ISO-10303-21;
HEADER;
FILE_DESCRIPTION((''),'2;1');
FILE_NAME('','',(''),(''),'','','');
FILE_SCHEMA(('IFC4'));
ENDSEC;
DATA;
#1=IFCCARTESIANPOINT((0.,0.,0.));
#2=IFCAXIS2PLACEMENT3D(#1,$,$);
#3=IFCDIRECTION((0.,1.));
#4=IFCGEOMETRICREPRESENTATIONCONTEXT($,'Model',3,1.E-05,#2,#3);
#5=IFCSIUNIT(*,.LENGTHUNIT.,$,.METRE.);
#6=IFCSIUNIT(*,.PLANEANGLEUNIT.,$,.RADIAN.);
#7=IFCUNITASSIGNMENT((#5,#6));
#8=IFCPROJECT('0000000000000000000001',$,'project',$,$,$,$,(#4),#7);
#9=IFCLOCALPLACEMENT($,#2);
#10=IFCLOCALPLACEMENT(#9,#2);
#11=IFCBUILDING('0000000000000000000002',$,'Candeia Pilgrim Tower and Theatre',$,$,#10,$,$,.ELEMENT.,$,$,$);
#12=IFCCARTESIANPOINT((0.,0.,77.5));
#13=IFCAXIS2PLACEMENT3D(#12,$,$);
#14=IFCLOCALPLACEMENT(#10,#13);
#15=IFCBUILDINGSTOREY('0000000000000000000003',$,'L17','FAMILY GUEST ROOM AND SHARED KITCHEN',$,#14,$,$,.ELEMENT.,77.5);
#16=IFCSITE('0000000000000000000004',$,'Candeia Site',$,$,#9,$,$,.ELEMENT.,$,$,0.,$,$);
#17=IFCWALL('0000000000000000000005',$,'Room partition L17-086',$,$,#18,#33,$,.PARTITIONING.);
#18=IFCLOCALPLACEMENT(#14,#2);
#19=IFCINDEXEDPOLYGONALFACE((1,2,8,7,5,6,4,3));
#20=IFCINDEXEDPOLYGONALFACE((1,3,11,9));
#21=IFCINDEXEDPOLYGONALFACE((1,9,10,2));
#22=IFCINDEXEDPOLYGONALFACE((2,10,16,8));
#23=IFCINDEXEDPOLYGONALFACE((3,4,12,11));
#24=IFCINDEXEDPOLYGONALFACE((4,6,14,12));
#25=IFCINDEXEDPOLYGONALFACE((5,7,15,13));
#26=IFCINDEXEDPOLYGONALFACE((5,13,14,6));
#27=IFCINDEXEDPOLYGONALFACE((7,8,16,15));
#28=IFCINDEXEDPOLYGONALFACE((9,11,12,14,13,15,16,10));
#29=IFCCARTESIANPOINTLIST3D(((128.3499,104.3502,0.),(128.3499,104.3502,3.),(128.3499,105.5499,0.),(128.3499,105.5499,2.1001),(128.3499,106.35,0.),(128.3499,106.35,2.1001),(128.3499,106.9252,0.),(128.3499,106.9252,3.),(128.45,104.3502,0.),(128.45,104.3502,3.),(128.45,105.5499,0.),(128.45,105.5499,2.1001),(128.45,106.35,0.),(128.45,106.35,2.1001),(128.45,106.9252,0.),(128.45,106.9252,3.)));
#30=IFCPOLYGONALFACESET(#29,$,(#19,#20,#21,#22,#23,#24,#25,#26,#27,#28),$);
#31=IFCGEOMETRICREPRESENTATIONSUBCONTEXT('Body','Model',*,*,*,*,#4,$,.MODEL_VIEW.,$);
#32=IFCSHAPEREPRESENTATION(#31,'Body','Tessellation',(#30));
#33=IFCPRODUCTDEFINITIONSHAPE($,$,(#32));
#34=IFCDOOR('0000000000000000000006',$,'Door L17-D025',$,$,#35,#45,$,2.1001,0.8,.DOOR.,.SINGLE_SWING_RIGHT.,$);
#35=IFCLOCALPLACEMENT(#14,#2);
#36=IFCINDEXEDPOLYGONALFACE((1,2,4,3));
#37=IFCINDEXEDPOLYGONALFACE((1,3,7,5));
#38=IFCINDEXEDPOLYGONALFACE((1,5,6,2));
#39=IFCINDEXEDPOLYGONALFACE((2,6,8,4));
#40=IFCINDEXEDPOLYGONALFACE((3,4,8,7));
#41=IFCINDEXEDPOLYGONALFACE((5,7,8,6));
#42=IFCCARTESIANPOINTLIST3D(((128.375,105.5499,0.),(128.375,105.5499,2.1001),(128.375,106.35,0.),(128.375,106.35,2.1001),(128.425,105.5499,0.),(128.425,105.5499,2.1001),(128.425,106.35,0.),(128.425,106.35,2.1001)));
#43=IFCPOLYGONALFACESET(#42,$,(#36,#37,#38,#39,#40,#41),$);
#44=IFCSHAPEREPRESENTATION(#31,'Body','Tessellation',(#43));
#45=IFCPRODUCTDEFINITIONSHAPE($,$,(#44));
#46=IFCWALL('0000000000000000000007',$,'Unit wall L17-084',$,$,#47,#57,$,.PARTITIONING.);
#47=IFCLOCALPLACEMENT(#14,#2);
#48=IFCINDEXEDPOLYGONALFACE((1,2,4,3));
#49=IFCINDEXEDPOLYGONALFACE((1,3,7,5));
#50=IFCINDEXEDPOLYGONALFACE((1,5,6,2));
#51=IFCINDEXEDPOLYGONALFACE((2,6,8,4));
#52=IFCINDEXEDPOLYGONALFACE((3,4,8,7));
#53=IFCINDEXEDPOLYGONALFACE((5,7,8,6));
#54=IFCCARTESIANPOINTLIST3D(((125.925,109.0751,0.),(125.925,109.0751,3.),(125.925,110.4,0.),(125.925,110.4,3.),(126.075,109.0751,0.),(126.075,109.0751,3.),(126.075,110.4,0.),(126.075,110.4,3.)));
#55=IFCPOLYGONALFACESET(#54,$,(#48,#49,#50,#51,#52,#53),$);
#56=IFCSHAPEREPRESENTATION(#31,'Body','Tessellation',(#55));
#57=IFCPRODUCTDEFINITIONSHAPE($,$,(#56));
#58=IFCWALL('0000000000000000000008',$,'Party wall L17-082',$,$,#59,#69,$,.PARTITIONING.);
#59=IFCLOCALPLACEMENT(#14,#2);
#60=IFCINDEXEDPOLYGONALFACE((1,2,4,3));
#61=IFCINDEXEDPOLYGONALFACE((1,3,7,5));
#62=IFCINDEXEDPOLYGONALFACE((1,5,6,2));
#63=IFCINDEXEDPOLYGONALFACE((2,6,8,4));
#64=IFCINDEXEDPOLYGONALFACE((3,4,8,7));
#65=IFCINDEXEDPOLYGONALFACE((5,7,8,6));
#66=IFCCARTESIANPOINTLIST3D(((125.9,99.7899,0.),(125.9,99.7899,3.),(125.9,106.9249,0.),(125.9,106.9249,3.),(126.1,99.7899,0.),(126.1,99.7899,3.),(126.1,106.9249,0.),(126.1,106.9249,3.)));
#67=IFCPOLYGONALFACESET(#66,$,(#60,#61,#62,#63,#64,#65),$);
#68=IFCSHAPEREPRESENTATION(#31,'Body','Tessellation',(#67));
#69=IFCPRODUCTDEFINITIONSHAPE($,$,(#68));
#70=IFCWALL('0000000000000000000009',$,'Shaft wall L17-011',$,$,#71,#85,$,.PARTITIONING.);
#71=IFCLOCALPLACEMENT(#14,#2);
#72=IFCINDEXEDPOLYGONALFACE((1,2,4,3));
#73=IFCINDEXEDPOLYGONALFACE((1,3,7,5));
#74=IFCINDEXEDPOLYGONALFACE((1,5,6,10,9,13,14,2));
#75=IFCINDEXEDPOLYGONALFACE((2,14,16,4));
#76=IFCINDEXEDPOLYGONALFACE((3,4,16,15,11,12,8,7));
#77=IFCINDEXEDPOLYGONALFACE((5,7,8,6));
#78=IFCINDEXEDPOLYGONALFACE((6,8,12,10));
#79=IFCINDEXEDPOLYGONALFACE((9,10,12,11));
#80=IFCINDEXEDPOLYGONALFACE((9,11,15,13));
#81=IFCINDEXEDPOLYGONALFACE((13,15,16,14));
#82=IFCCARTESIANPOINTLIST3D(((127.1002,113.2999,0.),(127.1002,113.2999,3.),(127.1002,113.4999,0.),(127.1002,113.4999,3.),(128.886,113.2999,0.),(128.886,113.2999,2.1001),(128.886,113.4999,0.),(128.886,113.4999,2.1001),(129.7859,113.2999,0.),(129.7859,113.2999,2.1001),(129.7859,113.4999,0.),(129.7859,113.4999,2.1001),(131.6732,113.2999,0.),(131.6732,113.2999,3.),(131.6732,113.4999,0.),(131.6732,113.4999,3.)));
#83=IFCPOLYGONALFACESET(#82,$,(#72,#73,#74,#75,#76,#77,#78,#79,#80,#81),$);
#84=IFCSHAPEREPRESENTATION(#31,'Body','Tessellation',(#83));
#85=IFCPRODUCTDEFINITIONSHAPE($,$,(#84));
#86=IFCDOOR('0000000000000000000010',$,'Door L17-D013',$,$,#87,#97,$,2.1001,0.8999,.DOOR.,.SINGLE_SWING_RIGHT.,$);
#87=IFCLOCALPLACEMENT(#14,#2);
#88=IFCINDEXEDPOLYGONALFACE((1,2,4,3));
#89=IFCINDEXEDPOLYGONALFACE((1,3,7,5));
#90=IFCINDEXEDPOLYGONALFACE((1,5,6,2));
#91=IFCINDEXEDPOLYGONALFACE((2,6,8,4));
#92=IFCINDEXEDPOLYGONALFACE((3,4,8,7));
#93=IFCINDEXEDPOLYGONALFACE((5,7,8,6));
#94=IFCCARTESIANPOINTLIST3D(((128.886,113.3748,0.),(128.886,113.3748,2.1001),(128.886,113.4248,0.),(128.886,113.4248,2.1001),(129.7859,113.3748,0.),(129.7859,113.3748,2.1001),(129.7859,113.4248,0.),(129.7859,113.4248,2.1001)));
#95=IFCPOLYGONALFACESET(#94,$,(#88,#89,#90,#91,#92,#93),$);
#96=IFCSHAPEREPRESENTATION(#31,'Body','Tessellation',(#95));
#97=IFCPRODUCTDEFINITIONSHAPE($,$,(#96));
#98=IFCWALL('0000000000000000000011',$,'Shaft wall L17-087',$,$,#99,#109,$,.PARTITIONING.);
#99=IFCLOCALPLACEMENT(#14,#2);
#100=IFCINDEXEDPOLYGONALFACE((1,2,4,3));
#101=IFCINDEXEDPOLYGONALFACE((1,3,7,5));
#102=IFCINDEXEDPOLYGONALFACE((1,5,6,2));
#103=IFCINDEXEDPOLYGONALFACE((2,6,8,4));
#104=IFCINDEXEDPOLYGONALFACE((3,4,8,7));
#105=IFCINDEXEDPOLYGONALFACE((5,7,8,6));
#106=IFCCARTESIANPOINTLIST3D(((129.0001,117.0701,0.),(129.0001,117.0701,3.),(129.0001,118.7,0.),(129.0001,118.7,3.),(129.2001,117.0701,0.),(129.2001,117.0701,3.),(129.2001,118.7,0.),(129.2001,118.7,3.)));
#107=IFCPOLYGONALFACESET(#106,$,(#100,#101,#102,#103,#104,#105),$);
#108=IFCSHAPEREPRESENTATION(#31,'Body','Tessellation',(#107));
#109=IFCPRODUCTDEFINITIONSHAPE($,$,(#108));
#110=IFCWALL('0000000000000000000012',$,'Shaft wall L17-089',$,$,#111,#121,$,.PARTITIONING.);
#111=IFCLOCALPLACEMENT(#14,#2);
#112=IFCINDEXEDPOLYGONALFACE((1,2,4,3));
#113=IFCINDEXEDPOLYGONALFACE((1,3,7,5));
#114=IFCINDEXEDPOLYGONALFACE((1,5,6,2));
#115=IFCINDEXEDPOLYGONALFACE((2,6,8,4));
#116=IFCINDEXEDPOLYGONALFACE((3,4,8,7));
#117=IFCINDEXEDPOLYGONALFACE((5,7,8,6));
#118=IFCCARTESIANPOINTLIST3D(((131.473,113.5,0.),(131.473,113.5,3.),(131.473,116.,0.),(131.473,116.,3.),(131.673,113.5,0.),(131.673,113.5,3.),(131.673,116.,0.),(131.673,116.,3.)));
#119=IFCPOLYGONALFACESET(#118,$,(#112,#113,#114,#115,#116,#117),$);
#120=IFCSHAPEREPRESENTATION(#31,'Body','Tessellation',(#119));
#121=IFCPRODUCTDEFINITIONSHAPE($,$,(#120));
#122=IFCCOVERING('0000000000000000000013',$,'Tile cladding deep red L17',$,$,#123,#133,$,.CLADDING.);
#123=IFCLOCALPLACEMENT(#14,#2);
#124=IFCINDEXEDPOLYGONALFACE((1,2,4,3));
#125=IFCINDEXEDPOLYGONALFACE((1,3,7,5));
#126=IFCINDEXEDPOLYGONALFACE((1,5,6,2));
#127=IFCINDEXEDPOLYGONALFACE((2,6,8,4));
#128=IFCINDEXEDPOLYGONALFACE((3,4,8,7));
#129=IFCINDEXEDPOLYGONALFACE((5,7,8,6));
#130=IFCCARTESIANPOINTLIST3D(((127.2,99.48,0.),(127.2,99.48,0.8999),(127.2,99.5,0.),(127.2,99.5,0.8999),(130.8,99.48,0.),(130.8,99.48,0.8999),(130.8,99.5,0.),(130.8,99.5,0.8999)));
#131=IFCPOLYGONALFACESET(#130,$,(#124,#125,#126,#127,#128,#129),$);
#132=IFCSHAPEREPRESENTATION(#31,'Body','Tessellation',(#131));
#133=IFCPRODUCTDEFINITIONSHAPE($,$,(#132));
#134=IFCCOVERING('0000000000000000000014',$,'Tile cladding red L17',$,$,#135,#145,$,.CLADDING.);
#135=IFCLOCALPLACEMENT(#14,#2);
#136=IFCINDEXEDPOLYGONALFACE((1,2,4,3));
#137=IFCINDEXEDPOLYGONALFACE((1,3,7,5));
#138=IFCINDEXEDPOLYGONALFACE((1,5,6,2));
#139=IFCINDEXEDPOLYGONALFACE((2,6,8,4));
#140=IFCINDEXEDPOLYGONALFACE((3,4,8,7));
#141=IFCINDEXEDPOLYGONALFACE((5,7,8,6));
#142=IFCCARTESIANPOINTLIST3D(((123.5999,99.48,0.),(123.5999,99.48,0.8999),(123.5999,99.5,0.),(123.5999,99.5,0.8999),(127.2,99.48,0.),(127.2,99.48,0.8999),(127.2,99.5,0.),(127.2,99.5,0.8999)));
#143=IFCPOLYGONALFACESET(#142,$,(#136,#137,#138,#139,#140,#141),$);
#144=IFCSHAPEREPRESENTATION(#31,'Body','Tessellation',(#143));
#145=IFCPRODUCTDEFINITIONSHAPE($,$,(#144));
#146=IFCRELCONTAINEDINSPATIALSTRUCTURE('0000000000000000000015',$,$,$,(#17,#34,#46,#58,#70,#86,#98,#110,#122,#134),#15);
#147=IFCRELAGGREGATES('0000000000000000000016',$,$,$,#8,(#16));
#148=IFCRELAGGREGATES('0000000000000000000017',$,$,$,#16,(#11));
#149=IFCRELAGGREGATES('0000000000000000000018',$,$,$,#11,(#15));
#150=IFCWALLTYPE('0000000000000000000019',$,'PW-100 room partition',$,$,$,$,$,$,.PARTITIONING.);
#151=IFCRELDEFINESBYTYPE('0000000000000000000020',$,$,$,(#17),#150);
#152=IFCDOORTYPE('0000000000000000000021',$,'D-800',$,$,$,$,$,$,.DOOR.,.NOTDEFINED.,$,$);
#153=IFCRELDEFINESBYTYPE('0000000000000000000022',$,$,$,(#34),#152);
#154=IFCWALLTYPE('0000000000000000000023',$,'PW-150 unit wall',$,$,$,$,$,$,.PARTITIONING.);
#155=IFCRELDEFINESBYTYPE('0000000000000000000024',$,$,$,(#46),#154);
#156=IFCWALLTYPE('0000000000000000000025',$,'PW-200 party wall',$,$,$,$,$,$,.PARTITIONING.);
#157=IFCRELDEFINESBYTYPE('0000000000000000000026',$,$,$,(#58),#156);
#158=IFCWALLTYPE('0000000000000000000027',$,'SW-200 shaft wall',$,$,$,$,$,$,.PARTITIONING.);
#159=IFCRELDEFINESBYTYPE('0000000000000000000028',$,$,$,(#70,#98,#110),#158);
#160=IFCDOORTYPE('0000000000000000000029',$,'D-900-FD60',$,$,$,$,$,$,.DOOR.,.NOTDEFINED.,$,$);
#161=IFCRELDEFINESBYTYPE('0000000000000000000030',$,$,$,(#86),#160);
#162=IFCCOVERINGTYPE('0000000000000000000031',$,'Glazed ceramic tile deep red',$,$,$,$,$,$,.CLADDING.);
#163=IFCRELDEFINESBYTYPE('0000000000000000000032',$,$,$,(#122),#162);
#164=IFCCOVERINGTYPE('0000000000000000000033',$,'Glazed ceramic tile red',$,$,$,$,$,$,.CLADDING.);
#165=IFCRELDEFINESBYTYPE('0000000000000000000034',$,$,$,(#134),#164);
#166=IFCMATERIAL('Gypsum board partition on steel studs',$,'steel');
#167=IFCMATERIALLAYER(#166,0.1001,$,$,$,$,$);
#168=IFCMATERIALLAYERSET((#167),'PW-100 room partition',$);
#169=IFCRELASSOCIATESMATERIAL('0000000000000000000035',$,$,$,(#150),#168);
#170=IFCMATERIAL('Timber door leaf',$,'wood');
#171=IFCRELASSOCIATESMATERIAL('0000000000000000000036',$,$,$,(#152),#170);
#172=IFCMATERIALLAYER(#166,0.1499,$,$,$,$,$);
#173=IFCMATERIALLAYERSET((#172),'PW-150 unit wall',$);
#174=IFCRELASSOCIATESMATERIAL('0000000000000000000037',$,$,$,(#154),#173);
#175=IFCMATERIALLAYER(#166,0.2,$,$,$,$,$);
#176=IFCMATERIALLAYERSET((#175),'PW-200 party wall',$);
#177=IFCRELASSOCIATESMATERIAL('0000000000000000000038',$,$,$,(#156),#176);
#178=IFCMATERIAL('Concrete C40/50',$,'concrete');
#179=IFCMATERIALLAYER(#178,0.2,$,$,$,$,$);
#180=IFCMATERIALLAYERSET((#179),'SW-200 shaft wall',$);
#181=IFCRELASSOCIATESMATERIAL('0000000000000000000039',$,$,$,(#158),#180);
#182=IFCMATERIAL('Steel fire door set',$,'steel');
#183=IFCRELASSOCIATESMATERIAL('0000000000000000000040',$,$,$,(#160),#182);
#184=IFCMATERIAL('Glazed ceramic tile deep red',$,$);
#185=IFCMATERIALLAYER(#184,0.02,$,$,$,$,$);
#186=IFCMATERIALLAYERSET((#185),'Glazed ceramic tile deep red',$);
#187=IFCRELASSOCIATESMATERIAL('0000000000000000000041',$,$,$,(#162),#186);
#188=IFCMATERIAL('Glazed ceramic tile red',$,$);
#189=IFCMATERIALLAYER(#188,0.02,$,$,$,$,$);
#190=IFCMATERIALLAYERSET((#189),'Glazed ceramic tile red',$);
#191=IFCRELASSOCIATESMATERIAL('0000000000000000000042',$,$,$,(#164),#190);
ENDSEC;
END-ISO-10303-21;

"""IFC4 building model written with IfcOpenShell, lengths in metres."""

from ifc_helpers import new_model, si_unit, direction, frame, frame_2d, origin, origin_2d, place, context, subcontext, project, spatial, rectangle, extrude, material, layer, layer_set, type_object, element, fill, save


model = new_model("IFC4")

# Units and contexts
model_context = context("Model", 3, precision=1e-05, world=origin(), true_north=direction((0.0, 1.0)))
body_context = subcontext(model_context, "Body", "Model", "MODEL_VIEW")
ifc_project = project(units=[si_unit("LENGTHUNIT", "METRE"), si_unit("PLANEANGLEUNIT", "RADIAN")], contexts=[model_context])

# Site, building, storey
site_placement = place(None, origin())
site = spatial("IfcSite", under=ifc_project, at=site_placement, Name="Candeia Site", CompositionType="ELEMENT", RefElevation=0.0)
building_placement = place(site_placement, origin())
building = spatial("IfcBuilding", under=site, at=building_placement, Name="Candeia Pilgrim Tower and Theatre", CompositionType="ELEMENT")
storey_placement = place(building_placement, frame((0.0, 0.0, 77.5)))
storey = spatial("IfcBuildingStorey", under=building, at=storey_placement, Name="L17", Description="FAMILY GUEST ROOM AND SHARED KITCHEN", CompositionType="ELEMENT", Elevation=77.5)

# Shared definitions
ifc_material_1 = material(Name="Gypsum board partition on steel studs", Category="steel")
ifc_layer_1 = layer(ifc_material_1, 0.1001)
ifc_layer_set_1 = layer_set([ifc_layer_1], Name="PW-100 room partition")
wall_type_1 = type_object("IfcWallType", Name="PW-100 room partition", PredefinedType="PARTITIONING", material=ifc_layer_set_1)

# Shared definitions
ifc_material_2 = material(Name="Timber door leaf", Category="wood")
door_type_1 = type_object("IfcDoorType", Name="D-800", OperationType="NOTDEFINED", PredefinedType="DOOR", material=ifc_material_2)

# Wall, opening, door
wall_1_placement = place(storey_placement, frame((128.3999, 104.3501, 0.0), z_axis=(0.0, 0.0, 1.0), x_axis=(0.0, 1.0, 0.0)))
wall_1 = element("IfcWall", 1, at=wall_1_placement, inside=storey, type_object=wall_type_1, Name="Room partition L17-086", PredefinedType="PARTITIONING", context=body_context, shape_type="SweptSolid", body=[
    extrude(rectangle(XDim=2.575, YDim=0.1001, at=frame_2d((1.2876, 0.0))), origin(), (0.0, 0.0, 1.0), 3.0),
])
opening_1_placement = place(wall_1_placement, frame((1.2, 0.0, 0.0)))
opening_1 = element("IfcOpeningElement", 2, at=opening_1_placement, cuts=wall_1, PredefinedType="OPENING", context=body_context, shape_type="SweptSolid", body=[
    extrude(rectangle(XDim=0.8, YDim=2.1001, at=frame_2d((0.3999, 1.05))), frame((0.0, 0.0601, 0.0), z_axis=(0.0, -1.0, 0.0), x_axis=(1.0, 0.0, 0.0)), (0.0, 0.0, 1.0), 0.1201),
])
door_1_placement = place(opening_1_placement, origin())
door_1 = element("IfcDoor", 3, at=door_1_placement, inside=storey, type_object=door_type_1, Name="Door L17-D025", OperationType="SINGLE_SWING_RIGHT", OverallHeight=2.1001, OverallWidth=0.8, PredefinedType="DOOR", context=body_context, shape_type="SweptSolid", body=[
    extrude(rectangle(XDim=0.8, YDim=2.1001, at=frame_2d((0.3999, 1.05))), frame((0.0, 0.0249, 0.0), z_axis=(0.0, -1.0, 0.0), x_axis=(1.0, 0.0, 0.0)), (0.0, 0.0, 1.0), 0.05),
])
fill(opening_1, door_1)

# Walls
ifc_layer_2 = layer(ifc_material_1, 0.1499)
ifc_layer_set_2 = layer_set([ifc_layer_2], Name="PW-150 unit wall")
wall_type_2 = type_object("IfcWallType", Name="PW-150 unit wall", PredefinedType="PARTITIONING", material=ifc_layer_set_2)
wall_2_placement = place(storey_placement, frame((126.0, 109.075, 0.0), z_axis=(0.0, 0.0, 1.0), x_axis=(0.0, 1.0, 0.0)))
element("IfcWall", 4, at=wall_2_placement, inside=storey, type_object=wall_type_2, Name="Unit wall L17-084", PredefinedType="PARTITIONING", context=body_context, shape_type="SweptSolid", body=[
    extrude(rectangle(XDim=1.325, YDim=0.1499, at=frame_2d((0.6626, 0.0))), origin(), (0.0, 0.0, 1.0), 3.0),
])
ifc_layer_3 = layer(ifc_material_1, 0.2)
ifc_layer_set_3 = layer_set([ifc_layer_3], Name="PW-200 party wall")
wall_type_3 = type_object("IfcWallType", Name="PW-200 party wall", PredefinedType="PARTITIONING", material=ifc_layer_set_3)
wall_3_placement = place(storey_placement, frame((126.0, 99.79, 0.0), z_axis=(0.0, 0.0, 1.0), x_axis=(0.0, 1.0, 0.0)))
element("IfcWall", 5, at=wall_3_placement, inside=storey, type_object=wall_type_3, Name="Party wall L17-082", PredefinedType="PARTITIONING", context=body_context, shape_type="SweptSolid", body=[
    extrude(rectangle(XDim=7.135, YDim=0.2, at=frame_2d((3.5674, 0.0))), origin(), (0.0, 0.0, 1.0), 3.0),
])

# Wall, opening, door
ifc_material_3 = material(Name="Concrete C40/50", Category="concrete")
ifc_layer_4 = layer(ifc_material_3, 0.2)
ifc_layer_set_4 = layer_set([ifc_layer_4], Name="SW-200 shaft wall")
wall_type_4 = type_object("IfcWallType", Name="SW-200 shaft wall", PredefinedType="PARTITIONING", material=ifc_layer_set_4)
wall_4_placement = place(storey_placement, frame((127.1001, 113.3999, 0.0), z_axis=(0.0, 0.0, 1.0), x_axis=(1.0, 0.0, 0.0)))
wall_4 = element("IfcWall", 6, at=wall_4_placement, inside=storey, type_object=wall_type_4, Name="Shaft wall L17-011", PredefinedType="PARTITIONING", context=body_context, shape_type="SweptSolid", body=[
    extrude(rectangle(XDim=4.573, YDim=0.2, at=frame_2d((2.2866, 0.0))), origin(), (0.0, 0.0, 1.0), 3.0),
])
opening_2_placement = place(wall_4_placement, frame((1.7859, 0.0, 0.0)))
opening_2 = element("IfcOpeningElement", 7, at=opening_2_placement, cuts=wall_4, PredefinedType="OPENING", context=body_context, shape_type="SweptSolid", body=[
    extrude(rectangle(XDim=0.8999, YDim=2.1001, at=frame_2d((0.45, 1.05))), frame((0.0, 0.1099, 0.0), z_axis=(0.0, -1.0, 0.0), x_axis=(1.0, 0.0, 0.0)), (0.0, 0.0, 1.0), 0.22),
])
ifc_material_4 = material(Name="Steel fire door set", Category="steel")
door_type_2 = type_object("IfcDoorType", Name="D-900-FD60", OperationType="NOTDEFINED", PredefinedType="DOOR", material=ifc_material_4)
door_2_placement = place(opening_2_placement, origin())
door_2 = element("IfcDoor", 8, at=door_2_placement, inside=storey, type_object=door_type_2, Name="Door L17-D013", OperationType="SINGLE_SWING_RIGHT", OverallHeight=2.1001, OverallWidth=0.8999, PredefinedType="DOOR", context=body_context, shape_type="SweptSolid", body=[
    extrude(rectangle(XDim=0.8999, YDim=2.1001, at=frame_2d((0.45, 1.05))), frame((0.0, 0.0249, 0.0), z_axis=(0.0, -1.0, 0.0), x_axis=(1.0, 0.0, 0.0)), (0.0, 0.0, 1.0), 0.05),
])
fill(opening_2, door_2)

# Walls
wall_5_placement = place(storey_placement, frame((129.1001, 117.0701, 0.0), z_axis=(0.0, 0.0, 1.0), x_axis=(0.0, 1.0, 0.0)))
element("IfcWall", 9, at=wall_5_placement, inside=storey, type_object=wall_type_4, Name="Shaft wall L17-087", PredefinedType="PARTITIONING", context=body_context, shape_type="SweptSolid", body=[
    extrude(rectangle(XDim=1.6299, YDim=0.2, at=frame_2d((0.8149, 0.0))), origin(), (0.0, 0.0, 1.0), 3.0),
])
wall_6_placement = place(storey_placement, frame((131.573, 113.5, 0.0), z_axis=(0.0, 0.0, 1.0), x_axis=(0.0, 1.0, 0.0)))
element("IfcWall", 10, at=wall_6_placement, inside=storey, type_object=wall_type_4, Name="Shaft wall L17-089", PredefinedType="PARTITIONING", context=body_context, shape_type="SweptSolid", body=[
    extrude(rectangle(XDim=2.5, YDim=0.2, at=frame_2d((1.25, 0.0))), origin(), (0.0, 0.0, 1.0), 3.0),
])

# Coverings
ifc_material_5 = material(Name="Glazed ceramic tile deep red")
ifc_layer_5 = layer(ifc_material_5, 0.02)
ifc_layer_set_5 = layer_set([ifc_layer_5], Name="Glazed ceramic tile deep red")
covering_type_1 = type_object("IfcCoveringType", Name="Glazed ceramic tile deep red", PredefinedType="CLADDING", material=ifc_layer_set_5)
covering_1_placement = place(storey_placement, frame((129.0, 99.49, 0.0), z_axis=(0.0, 0.0, 1.0), x_axis=(1.0, 0.0, 0.0)))
element("IfcCovering", 11, at=covering_1_placement, inside=storey, type_object=covering_type_1, Name="Tile cladding deep red L17", PredefinedType="CLADDING", context=body_context, shape_type="SweptSolid", body=[
    extrude(rectangle(XDim=3.6001, YDim=0.02, at=origin_2d()), origin(), (0.0, 0.0, 1.0), 0.8999),
])
ifc_material_6 = material(Name="Glazed ceramic tile red")
ifc_layer_6 = layer(ifc_material_6, 0.02)
ifc_layer_set_6 = layer_set([ifc_layer_6], Name="Glazed ceramic tile red")
covering_type_2 = type_object("IfcCoveringType", Name="Glazed ceramic tile red", PredefinedType="CLADDING", material=ifc_layer_set_6)
covering_2_placement = place(storey_placement, frame((125.3999, 99.49, 0.0), z_axis=(0.0, 0.0, 1.0), x_axis=(1.0, 0.0, 0.0)))
element("IfcCovering", 12, at=covering_2_placement, inside=storey, type_object=covering_type_2, Name="Tile cladding red L17", PredefinedType="CLADDING", context=body_context, shape_type="SweptSolid", body=[
    extrude(rectangle(XDim=3.6001, YDim=0.02, at=origin_2d()), origin(), (0.0, 0.0, 1.0), 0.8999),
])

save(model, "model.ifc")
